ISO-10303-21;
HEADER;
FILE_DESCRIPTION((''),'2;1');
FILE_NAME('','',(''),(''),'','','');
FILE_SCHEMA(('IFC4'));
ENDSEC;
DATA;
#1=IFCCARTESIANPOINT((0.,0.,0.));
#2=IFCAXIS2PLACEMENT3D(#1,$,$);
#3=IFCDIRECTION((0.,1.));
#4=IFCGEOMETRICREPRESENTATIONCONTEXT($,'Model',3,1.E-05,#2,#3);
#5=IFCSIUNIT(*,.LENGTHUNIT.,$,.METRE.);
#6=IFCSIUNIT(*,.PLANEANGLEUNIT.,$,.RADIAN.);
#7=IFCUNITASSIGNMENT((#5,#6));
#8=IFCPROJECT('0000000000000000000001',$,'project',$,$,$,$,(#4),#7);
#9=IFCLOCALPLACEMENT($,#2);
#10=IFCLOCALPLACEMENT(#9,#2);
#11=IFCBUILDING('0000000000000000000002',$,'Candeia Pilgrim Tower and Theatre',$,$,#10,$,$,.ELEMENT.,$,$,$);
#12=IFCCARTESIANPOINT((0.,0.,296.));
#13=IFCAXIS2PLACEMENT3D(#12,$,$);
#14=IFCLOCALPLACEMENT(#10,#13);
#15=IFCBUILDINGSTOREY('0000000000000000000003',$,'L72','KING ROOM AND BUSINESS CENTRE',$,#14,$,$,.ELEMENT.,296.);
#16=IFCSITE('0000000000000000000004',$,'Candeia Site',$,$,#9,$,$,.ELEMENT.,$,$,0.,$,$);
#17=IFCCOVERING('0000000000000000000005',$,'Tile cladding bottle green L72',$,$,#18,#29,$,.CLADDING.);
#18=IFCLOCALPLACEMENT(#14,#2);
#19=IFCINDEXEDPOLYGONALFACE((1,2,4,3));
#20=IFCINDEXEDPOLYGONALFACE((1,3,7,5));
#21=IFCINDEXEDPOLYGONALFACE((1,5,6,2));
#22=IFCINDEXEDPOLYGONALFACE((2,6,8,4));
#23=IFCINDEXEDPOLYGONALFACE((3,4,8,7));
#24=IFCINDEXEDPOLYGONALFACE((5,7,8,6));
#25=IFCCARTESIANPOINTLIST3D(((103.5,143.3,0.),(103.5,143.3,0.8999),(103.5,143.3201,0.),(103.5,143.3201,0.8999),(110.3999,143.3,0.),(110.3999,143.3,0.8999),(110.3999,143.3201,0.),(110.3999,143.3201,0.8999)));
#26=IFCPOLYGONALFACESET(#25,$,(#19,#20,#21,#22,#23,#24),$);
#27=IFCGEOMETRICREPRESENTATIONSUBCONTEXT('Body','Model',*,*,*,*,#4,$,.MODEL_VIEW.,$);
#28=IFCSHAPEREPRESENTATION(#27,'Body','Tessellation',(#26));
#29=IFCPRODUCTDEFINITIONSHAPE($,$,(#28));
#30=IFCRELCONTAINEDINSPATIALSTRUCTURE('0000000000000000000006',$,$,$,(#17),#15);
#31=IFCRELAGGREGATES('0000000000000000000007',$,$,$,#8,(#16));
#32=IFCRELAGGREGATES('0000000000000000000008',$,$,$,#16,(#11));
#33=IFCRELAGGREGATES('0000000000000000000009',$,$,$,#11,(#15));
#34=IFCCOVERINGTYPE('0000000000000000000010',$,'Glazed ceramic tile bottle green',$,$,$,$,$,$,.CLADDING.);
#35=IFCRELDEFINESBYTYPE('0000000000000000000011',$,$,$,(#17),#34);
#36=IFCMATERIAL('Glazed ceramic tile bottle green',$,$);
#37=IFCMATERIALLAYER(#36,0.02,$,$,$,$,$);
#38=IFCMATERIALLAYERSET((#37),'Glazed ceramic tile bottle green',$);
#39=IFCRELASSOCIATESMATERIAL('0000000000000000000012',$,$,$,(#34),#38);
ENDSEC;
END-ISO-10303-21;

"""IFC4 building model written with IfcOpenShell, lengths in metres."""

from ifc_helpers import new_model, si_unit, direction, frame, origin, origin_2d, place, context, subcontext, project, spatial, rectangle, extrude, material, layer, layer_set, type_object, element, save


model = new_model("IFC4")

# Units and contexts
model_context = context("Model", 3, precision=1e-05, world=origin(), true_north=direction((0.0, 1.0)))
body_context = subcontext(model_context, "Body", "Model", "MODEL_VIEW")
ifc_project = project(units=[si_unit("LENGTHUNIT", "METRE"), si_unit("PLANEANGLEUNIT", "RADIAN")], contexts=[model_context])

# Site, building, storey
site_placement = place(None, origin())
site = spatial("IfcSite", under=ifc_project, at=site_placement, Name="Candeia Site", CompositionType="ELEMENT", RefElevation=0.0)
building_placement = place(site_placement, origin())
building = spatial("IfcBuilding", under=site, at=building_placement, Name="Candeia Pilgrim Tower and Theatre", CompositionType="ELEMENT")
storey_placement = place(building_placement, frame((0.0, 0.0, 296.0)))
storey = spatial("IfcBuildingStorey", under=building, at=storey_placement, Name="L72", Description="KING ROOM AND BUSINESS CENTRE", CompositionType="ELEMENT", Elevation=296.0)

# Covering
ifc_material_1 = material(Name="Glazed ceramic tile bottle green")
ifc_layer_1 = layer(ifc_material_1, 0.02)
ifc_layer_set_1 = layer_set([ifc_layer_1], Name="Glazed ceramic tile bottle green")
covering_type = type_object("IfcCoveringType", Name="Glazed ceramic tile bottle green", PredefinedType="CLADDING", material=ifc_layer_set_1)
covering_placement = place(storey_placement, frame((106.95, 143.3101, 0.0), z_axis=(0.0, 0.0, 1.0), x_axis=(-1.0, 0.0, 0.0)))
element("IfcCovering", 1, at=covering_placement, inside=storey, type_object=covering_type, Name="Tile cladding bottle green L72", PredefinedType="CLADDING", context=body_context, shape_type="SweptSolid", body=[
    extrude(rectangle(XDim=6.8999, YDim=0.02, at=origin_2d()), origin(), (0.0, 0.0, 1.0), 0.8999),
])

save(model, "model.ifc")
